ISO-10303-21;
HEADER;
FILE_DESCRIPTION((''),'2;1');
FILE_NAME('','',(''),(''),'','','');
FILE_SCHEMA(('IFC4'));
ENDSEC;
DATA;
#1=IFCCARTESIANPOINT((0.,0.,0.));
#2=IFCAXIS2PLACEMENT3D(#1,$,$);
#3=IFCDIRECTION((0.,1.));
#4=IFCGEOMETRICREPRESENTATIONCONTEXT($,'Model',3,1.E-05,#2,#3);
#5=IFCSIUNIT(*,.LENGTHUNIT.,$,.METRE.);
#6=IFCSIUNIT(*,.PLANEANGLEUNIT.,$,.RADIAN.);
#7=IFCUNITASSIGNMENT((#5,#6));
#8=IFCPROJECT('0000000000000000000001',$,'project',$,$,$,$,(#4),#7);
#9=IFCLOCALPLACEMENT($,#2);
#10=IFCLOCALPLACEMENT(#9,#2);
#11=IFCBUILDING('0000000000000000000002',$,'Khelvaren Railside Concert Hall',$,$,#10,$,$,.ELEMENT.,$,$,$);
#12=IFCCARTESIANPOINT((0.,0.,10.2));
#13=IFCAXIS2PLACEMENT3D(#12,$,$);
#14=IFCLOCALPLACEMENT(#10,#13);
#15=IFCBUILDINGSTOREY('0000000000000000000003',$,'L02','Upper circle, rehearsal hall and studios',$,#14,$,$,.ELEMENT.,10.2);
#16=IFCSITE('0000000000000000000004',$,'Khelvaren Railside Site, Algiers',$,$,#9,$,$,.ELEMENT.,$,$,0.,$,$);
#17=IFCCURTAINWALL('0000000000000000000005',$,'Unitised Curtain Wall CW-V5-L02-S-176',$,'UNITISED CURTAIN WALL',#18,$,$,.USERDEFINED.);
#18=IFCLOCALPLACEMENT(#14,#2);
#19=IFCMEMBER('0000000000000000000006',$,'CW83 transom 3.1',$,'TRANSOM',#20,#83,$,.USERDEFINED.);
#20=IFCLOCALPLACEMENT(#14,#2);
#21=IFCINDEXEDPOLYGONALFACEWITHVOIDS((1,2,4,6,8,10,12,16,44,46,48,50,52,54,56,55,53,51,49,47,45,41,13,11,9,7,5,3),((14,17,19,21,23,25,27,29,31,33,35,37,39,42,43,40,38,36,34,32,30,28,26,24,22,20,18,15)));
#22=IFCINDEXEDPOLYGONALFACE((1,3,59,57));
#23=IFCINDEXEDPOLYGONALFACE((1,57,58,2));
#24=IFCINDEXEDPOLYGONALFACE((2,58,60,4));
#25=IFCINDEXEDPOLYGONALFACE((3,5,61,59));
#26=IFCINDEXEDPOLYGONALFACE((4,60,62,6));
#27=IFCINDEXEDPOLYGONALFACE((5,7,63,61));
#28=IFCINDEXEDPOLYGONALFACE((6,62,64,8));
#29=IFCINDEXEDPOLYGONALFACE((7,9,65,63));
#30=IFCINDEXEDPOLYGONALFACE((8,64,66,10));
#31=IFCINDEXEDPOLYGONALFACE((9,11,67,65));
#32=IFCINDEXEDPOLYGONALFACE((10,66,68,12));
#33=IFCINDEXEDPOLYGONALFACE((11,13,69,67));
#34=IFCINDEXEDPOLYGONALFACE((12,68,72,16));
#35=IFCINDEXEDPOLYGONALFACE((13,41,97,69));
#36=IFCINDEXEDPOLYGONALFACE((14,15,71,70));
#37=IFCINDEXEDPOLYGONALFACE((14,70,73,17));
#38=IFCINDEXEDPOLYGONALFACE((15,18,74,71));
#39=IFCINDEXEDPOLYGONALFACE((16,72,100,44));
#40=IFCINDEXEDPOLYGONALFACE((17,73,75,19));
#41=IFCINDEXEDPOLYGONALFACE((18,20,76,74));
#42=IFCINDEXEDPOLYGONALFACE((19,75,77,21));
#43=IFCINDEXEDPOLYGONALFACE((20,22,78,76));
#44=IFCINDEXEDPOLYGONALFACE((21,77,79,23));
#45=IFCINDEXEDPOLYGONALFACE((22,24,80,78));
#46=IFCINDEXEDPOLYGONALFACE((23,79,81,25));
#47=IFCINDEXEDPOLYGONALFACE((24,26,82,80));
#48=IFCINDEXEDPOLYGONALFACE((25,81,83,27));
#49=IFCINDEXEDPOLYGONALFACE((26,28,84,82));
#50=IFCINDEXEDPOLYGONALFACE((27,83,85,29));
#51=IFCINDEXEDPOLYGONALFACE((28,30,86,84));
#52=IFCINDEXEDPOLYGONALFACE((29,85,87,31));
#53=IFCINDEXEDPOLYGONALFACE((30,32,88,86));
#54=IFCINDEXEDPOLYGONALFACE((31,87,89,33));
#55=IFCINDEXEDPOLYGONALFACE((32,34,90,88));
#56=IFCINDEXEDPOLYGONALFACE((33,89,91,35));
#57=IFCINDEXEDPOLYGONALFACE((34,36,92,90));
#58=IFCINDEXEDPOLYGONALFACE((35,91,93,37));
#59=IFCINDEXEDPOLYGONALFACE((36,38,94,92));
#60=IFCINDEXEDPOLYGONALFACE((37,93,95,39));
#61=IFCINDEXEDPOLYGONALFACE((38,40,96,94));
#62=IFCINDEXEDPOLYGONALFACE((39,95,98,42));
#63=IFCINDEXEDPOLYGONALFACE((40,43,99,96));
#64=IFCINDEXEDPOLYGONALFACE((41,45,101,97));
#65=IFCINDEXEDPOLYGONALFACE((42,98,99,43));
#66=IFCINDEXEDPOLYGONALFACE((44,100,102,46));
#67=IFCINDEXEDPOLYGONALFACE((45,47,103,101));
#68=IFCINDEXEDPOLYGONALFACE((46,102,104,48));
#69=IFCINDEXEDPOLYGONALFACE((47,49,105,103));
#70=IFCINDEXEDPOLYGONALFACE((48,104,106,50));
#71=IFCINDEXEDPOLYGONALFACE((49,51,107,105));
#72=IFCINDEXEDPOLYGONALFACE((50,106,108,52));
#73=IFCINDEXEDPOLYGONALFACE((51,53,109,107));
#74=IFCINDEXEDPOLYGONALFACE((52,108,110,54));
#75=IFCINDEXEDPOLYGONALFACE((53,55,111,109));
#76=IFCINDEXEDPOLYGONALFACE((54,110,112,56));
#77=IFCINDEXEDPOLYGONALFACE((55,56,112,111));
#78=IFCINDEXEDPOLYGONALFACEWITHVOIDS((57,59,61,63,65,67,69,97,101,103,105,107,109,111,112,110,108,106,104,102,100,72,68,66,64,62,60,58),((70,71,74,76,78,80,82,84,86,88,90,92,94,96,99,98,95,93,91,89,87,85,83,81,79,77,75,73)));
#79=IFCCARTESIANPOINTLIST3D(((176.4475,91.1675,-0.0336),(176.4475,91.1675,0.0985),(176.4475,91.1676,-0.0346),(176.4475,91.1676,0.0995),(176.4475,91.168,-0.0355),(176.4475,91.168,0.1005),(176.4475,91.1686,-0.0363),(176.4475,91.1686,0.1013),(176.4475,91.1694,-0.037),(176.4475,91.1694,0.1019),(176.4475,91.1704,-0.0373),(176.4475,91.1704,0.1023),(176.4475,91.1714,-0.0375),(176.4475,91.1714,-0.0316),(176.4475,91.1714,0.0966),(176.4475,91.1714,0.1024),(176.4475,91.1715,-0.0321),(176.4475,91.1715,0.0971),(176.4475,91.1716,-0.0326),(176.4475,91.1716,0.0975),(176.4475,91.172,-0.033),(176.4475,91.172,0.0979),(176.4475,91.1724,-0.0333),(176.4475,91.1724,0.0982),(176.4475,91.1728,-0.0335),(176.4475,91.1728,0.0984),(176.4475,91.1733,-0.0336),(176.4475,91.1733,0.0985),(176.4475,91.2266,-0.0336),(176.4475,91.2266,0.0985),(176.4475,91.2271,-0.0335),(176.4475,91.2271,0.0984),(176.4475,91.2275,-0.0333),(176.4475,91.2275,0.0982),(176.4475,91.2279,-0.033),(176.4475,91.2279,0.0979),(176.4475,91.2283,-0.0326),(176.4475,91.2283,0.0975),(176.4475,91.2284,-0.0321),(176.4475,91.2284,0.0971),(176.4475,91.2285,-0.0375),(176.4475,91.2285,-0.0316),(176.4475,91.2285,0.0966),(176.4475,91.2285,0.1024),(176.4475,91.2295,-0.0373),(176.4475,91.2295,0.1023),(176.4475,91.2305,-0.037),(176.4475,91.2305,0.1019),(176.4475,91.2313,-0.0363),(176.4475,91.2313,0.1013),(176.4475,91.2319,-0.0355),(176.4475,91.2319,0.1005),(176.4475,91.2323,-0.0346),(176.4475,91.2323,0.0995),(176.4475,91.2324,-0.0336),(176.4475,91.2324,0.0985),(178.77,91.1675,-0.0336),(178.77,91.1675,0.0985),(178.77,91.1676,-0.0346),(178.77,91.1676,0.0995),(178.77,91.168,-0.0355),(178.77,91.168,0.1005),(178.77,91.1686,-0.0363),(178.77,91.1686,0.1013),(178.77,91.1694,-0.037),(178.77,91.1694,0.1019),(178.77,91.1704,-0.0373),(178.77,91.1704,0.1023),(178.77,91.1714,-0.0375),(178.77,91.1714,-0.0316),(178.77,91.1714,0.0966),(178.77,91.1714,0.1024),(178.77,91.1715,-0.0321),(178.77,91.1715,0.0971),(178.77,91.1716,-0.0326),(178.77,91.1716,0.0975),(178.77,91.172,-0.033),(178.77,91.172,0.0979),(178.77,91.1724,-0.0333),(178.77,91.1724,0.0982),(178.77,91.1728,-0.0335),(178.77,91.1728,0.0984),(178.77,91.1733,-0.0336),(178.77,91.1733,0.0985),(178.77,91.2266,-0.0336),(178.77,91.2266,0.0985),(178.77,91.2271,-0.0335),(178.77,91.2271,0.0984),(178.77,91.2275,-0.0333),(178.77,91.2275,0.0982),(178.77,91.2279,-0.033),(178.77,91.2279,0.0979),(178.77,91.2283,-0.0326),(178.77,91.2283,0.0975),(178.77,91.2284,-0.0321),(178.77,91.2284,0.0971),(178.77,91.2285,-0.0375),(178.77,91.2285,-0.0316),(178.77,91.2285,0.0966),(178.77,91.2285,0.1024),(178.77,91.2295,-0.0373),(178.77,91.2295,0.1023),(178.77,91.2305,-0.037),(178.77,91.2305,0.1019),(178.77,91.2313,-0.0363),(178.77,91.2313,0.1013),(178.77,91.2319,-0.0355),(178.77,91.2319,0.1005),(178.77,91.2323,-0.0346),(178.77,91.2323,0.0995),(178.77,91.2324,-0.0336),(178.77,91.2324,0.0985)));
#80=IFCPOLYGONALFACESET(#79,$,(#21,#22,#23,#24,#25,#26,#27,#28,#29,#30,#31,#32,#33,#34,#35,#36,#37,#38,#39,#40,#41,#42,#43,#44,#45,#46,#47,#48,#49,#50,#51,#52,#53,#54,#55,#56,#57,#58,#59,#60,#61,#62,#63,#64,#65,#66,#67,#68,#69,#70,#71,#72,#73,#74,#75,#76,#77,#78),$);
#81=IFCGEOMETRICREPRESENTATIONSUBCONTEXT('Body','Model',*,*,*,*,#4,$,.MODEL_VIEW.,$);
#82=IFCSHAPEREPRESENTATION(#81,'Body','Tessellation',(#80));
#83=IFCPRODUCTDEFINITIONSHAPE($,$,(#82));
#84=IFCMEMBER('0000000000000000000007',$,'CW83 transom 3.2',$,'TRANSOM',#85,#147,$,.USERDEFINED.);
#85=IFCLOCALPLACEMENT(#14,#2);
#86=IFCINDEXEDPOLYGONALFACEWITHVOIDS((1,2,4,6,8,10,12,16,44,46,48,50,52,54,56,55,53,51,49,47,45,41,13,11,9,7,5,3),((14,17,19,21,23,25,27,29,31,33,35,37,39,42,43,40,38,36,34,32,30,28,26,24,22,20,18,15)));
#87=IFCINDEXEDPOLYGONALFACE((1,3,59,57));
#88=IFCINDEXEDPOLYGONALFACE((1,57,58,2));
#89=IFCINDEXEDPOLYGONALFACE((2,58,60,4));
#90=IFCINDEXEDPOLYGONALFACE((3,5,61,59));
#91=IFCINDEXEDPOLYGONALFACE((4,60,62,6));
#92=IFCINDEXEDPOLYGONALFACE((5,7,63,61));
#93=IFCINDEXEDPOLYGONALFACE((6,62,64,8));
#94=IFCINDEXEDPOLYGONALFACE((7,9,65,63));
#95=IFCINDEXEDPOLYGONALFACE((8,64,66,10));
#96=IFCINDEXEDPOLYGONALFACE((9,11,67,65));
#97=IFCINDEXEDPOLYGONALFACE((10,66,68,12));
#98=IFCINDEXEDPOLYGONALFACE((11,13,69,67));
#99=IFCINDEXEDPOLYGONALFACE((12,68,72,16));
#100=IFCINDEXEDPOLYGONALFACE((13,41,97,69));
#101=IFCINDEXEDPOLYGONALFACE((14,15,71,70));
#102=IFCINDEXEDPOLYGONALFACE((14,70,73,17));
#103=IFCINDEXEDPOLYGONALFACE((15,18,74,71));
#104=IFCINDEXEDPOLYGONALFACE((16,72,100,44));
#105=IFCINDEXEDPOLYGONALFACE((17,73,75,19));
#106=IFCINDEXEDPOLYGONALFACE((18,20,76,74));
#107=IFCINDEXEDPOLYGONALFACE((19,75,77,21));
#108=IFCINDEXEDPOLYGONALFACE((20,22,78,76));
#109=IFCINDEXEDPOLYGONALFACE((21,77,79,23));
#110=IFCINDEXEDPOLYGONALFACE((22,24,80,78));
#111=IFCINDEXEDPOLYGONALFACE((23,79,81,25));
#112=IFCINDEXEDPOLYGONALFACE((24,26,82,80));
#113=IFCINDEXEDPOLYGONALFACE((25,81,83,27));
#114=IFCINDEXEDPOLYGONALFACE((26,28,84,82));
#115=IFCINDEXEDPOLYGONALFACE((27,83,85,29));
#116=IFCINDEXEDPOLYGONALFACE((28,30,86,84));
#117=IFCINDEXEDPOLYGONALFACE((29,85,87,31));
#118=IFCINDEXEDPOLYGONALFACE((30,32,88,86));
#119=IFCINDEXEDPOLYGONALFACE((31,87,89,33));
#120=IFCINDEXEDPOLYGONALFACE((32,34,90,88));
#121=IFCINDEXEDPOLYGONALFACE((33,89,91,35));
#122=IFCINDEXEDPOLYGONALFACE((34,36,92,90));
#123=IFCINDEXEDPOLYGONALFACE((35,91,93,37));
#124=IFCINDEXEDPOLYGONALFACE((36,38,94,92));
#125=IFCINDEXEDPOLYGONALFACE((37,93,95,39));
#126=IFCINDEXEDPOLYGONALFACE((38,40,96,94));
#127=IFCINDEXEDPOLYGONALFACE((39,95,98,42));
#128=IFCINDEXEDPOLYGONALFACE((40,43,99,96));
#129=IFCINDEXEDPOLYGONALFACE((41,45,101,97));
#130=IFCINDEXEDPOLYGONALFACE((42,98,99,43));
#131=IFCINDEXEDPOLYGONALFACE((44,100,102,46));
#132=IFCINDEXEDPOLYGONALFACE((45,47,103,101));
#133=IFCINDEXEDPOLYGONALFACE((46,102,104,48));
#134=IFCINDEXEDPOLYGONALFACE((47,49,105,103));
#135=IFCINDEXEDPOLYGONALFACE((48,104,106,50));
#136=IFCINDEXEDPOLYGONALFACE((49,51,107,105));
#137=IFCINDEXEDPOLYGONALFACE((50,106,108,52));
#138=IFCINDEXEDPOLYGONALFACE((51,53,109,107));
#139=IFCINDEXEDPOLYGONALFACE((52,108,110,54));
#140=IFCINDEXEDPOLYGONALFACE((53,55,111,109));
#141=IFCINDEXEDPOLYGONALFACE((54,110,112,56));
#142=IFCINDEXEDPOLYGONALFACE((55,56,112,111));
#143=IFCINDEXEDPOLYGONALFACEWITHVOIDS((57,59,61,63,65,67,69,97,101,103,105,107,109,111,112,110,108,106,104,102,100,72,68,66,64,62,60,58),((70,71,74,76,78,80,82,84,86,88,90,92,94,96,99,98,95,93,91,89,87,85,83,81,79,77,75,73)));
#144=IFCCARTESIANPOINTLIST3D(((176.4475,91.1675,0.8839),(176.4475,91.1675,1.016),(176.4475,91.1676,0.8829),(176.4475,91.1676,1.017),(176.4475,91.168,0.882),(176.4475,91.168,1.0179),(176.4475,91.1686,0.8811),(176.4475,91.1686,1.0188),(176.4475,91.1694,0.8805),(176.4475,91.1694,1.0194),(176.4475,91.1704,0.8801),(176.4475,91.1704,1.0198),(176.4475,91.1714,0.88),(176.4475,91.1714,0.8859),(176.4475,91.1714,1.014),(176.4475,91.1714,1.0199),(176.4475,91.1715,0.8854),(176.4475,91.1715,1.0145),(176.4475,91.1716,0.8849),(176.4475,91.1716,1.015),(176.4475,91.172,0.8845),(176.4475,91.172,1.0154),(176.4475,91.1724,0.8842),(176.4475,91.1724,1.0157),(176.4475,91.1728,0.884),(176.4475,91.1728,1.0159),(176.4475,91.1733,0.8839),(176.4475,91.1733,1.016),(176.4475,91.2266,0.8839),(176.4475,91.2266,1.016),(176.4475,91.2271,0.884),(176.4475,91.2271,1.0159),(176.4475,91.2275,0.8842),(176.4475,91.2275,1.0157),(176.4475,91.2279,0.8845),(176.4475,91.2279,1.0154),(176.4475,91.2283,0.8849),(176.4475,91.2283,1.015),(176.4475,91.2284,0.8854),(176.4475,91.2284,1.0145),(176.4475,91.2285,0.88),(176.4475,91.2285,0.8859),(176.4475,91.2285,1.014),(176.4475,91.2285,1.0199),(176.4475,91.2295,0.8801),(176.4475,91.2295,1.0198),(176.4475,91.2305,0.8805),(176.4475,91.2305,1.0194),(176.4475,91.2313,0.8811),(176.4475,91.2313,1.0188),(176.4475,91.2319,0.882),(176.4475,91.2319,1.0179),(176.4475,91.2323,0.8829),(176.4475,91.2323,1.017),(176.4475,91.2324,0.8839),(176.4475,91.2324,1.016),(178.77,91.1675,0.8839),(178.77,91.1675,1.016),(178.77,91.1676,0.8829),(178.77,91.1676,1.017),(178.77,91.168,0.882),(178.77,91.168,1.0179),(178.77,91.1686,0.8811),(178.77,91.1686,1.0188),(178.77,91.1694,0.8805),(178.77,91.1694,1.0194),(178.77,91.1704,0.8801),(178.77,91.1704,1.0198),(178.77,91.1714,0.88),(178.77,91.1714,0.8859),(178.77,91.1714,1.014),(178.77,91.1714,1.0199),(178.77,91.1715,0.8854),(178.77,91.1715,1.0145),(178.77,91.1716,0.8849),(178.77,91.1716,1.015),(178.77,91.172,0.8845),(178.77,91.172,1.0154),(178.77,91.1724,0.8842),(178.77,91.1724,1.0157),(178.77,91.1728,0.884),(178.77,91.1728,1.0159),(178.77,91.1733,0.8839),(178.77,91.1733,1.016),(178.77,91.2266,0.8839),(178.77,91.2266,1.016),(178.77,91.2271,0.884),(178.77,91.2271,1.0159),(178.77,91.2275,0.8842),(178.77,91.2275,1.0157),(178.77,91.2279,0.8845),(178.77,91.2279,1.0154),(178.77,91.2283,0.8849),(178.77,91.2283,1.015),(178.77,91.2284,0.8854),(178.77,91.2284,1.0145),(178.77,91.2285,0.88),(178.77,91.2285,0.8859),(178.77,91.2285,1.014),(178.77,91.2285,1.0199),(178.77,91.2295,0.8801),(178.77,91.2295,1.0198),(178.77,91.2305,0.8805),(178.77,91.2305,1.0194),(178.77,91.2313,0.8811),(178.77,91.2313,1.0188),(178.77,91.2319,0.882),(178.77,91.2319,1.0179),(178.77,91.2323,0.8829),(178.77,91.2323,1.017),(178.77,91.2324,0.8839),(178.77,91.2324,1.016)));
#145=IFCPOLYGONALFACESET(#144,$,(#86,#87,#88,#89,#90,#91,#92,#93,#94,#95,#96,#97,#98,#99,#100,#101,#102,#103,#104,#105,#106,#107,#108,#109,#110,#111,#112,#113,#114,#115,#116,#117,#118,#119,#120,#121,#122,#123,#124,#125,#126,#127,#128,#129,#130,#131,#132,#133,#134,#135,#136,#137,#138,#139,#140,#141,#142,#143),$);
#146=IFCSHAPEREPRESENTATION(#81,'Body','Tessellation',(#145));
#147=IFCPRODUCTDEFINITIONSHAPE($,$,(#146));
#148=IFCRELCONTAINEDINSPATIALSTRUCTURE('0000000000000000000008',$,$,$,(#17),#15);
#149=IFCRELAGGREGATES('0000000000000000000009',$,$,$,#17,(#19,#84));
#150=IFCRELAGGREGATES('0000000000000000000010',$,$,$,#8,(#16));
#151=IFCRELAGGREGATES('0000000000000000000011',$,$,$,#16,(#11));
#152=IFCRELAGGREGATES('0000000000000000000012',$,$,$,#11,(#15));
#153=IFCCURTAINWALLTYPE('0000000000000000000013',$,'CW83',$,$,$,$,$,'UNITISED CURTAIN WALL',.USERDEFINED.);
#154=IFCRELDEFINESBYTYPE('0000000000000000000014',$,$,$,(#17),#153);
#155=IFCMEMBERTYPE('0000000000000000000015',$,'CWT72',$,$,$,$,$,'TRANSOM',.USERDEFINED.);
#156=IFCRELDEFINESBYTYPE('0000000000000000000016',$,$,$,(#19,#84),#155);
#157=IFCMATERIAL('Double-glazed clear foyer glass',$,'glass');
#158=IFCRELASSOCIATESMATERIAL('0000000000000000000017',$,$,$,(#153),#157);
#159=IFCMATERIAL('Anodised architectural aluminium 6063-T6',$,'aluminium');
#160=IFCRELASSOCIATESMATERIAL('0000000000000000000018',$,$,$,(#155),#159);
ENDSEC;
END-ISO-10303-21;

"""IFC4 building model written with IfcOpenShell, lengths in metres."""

from ifc_helpers import new_model, si_unit, direction, frame, origin, origin_2d, place, context, subcontext, project, spatial, hollow_rectangle, extrude, material, material_profile, profile_set, type_object, element, aggregate, save


model = new_model("IFC4")

# Units and contexts
model_context = context("Model", 3, precision=1e-05, world=origin(), true_north=direction((0.0, 1.0)))
body_context = subcontext(model_context, "Body", "Model", "MODEL_VIEW")
ifc_project = project(units=[si_unit("LENGTHUNIT", "METRE"), si_unit("PLANEANGLEUNIT", "RADIAN")], contexts=[model_context])

# Site, building, storey
site_placement = place(None, origin())
site = spatial("IfcSite", under=ifc_project, at=site_placement, Name="Khelvaren Railside Site, Algiers", CompositionType="ELEMENT", RefElevation=0.0)
building_placement = place(site_placement, origin())
building = spatial("IfcBuilding", under=site, at=building_placement, Name="Khelvaren Railside Concert Hall", CompositionType="ELEMENT")
storey_placement = place(building_placement, frame((0.0, 0.0, 10.2)))
storey = spatial("IfcBuildingStorey", under=building, at=storey_placement, Name="L02", Description="Upper circle, rehearsal hall and studios", CompositionType="ELEMENT", Elevation=10.2)

# Curtain wall
ifc_material_1 = material(Name="Double-glazed clear foyer glass", Category="glass")
ifc_material_2 = material(Name="Anodised architectural aluminium 6063-T6", Category="aluminium")
curtain_wall_type_1 = type_object("IfcCurtainWallType", Name="CW83", ElementType="UNITISED CURTAIN WALL", PredefinedType="USERDEFINED", material=ifc_material_1)
curtain_wall_1_placement = place(storey_placement, origin())
curtain_wall_1 = element("IfcCurtainWall", 1, at=curtain_wall_1_placement, inside=storey, type_object=curtain_wall_type_1, Name="Unitised Curtain Wall CW-V5-L02-S-176", ObjectType="UNITISED CURTAIN WALL", PredefinedType="USERDEFINED")

# Members
ifc_material_profile_1 = material_profile(ifc_material_2, hollow_rectangle(XDim=0.0649, YDim=0.1399, WallThickness=0.0039, InnerFilletRadius=0.002, OuterFilletRadius=0.0039, at=origin_2d()), Name="CWT 65x140x4")
ifc_profile_set_1 = profile_set([ifc_material_profile_1], Name="Anodised architectural aluminium 6063-T6")
member_type_1 = type_object("IfcMemberType", Name="CWT72", ElementType="TRANSOM", PredefinedType="USERDEFINED", material=ifc_profile_set_1)
member_1_placement = place(storey_placement, frame((178.77, 91.2, 0.0325), z_axis=(-1.0, 0.0, 0.0), x_axis=(0.0, -1.0, 0.0)))
member_1 = element("IfcMember", 2, at=member_1_placement, type_object=member_type_1, Name="CW83 transom 3.1", ObjectType="TRANSOM", PredefinedType="USERDEFINED", context=body_context, shape_type="SweptSolid", body=[
    extrude(hollow_rectangle(XDim=0.0649, YDim=0.1399, WallThickness=0.0039, InnerFilletRadius=0.002, OuterFilletRadius=0.0039, at=origin_2d()), origin(), (0.0, 0.0, 1.0), 2.3225),
])
member_2_placement = place(storey_placement, frame((178.77, 91.2, 0.95), z_axis=(-1.0, 0.0, 0.0), x_axis=(0.0, -1.0, 0.0)))
member_2 = element("IfcMember", 3, at=member_2_placement, type_object=member_type_1, Name="CW83 transom 3.2", ObjectType="TRANSOM", PredefinedType="USERDEFINED", context=body_context, shape_type="SweptSolid", body=[
    extrude(hollow_rectangle(XDim=0.0649, YDim=0.1399, WallThickness=0.0039, InnerFilletRadius=0.002, OuterFilletRadius=0.0039, at=origin_2d()), origin(), (0.0, 0.0, 1.0), 2.3225),
])

aggregate(curtain_wall_1, [member_1, member_2])

save(model, "model.ifc")
